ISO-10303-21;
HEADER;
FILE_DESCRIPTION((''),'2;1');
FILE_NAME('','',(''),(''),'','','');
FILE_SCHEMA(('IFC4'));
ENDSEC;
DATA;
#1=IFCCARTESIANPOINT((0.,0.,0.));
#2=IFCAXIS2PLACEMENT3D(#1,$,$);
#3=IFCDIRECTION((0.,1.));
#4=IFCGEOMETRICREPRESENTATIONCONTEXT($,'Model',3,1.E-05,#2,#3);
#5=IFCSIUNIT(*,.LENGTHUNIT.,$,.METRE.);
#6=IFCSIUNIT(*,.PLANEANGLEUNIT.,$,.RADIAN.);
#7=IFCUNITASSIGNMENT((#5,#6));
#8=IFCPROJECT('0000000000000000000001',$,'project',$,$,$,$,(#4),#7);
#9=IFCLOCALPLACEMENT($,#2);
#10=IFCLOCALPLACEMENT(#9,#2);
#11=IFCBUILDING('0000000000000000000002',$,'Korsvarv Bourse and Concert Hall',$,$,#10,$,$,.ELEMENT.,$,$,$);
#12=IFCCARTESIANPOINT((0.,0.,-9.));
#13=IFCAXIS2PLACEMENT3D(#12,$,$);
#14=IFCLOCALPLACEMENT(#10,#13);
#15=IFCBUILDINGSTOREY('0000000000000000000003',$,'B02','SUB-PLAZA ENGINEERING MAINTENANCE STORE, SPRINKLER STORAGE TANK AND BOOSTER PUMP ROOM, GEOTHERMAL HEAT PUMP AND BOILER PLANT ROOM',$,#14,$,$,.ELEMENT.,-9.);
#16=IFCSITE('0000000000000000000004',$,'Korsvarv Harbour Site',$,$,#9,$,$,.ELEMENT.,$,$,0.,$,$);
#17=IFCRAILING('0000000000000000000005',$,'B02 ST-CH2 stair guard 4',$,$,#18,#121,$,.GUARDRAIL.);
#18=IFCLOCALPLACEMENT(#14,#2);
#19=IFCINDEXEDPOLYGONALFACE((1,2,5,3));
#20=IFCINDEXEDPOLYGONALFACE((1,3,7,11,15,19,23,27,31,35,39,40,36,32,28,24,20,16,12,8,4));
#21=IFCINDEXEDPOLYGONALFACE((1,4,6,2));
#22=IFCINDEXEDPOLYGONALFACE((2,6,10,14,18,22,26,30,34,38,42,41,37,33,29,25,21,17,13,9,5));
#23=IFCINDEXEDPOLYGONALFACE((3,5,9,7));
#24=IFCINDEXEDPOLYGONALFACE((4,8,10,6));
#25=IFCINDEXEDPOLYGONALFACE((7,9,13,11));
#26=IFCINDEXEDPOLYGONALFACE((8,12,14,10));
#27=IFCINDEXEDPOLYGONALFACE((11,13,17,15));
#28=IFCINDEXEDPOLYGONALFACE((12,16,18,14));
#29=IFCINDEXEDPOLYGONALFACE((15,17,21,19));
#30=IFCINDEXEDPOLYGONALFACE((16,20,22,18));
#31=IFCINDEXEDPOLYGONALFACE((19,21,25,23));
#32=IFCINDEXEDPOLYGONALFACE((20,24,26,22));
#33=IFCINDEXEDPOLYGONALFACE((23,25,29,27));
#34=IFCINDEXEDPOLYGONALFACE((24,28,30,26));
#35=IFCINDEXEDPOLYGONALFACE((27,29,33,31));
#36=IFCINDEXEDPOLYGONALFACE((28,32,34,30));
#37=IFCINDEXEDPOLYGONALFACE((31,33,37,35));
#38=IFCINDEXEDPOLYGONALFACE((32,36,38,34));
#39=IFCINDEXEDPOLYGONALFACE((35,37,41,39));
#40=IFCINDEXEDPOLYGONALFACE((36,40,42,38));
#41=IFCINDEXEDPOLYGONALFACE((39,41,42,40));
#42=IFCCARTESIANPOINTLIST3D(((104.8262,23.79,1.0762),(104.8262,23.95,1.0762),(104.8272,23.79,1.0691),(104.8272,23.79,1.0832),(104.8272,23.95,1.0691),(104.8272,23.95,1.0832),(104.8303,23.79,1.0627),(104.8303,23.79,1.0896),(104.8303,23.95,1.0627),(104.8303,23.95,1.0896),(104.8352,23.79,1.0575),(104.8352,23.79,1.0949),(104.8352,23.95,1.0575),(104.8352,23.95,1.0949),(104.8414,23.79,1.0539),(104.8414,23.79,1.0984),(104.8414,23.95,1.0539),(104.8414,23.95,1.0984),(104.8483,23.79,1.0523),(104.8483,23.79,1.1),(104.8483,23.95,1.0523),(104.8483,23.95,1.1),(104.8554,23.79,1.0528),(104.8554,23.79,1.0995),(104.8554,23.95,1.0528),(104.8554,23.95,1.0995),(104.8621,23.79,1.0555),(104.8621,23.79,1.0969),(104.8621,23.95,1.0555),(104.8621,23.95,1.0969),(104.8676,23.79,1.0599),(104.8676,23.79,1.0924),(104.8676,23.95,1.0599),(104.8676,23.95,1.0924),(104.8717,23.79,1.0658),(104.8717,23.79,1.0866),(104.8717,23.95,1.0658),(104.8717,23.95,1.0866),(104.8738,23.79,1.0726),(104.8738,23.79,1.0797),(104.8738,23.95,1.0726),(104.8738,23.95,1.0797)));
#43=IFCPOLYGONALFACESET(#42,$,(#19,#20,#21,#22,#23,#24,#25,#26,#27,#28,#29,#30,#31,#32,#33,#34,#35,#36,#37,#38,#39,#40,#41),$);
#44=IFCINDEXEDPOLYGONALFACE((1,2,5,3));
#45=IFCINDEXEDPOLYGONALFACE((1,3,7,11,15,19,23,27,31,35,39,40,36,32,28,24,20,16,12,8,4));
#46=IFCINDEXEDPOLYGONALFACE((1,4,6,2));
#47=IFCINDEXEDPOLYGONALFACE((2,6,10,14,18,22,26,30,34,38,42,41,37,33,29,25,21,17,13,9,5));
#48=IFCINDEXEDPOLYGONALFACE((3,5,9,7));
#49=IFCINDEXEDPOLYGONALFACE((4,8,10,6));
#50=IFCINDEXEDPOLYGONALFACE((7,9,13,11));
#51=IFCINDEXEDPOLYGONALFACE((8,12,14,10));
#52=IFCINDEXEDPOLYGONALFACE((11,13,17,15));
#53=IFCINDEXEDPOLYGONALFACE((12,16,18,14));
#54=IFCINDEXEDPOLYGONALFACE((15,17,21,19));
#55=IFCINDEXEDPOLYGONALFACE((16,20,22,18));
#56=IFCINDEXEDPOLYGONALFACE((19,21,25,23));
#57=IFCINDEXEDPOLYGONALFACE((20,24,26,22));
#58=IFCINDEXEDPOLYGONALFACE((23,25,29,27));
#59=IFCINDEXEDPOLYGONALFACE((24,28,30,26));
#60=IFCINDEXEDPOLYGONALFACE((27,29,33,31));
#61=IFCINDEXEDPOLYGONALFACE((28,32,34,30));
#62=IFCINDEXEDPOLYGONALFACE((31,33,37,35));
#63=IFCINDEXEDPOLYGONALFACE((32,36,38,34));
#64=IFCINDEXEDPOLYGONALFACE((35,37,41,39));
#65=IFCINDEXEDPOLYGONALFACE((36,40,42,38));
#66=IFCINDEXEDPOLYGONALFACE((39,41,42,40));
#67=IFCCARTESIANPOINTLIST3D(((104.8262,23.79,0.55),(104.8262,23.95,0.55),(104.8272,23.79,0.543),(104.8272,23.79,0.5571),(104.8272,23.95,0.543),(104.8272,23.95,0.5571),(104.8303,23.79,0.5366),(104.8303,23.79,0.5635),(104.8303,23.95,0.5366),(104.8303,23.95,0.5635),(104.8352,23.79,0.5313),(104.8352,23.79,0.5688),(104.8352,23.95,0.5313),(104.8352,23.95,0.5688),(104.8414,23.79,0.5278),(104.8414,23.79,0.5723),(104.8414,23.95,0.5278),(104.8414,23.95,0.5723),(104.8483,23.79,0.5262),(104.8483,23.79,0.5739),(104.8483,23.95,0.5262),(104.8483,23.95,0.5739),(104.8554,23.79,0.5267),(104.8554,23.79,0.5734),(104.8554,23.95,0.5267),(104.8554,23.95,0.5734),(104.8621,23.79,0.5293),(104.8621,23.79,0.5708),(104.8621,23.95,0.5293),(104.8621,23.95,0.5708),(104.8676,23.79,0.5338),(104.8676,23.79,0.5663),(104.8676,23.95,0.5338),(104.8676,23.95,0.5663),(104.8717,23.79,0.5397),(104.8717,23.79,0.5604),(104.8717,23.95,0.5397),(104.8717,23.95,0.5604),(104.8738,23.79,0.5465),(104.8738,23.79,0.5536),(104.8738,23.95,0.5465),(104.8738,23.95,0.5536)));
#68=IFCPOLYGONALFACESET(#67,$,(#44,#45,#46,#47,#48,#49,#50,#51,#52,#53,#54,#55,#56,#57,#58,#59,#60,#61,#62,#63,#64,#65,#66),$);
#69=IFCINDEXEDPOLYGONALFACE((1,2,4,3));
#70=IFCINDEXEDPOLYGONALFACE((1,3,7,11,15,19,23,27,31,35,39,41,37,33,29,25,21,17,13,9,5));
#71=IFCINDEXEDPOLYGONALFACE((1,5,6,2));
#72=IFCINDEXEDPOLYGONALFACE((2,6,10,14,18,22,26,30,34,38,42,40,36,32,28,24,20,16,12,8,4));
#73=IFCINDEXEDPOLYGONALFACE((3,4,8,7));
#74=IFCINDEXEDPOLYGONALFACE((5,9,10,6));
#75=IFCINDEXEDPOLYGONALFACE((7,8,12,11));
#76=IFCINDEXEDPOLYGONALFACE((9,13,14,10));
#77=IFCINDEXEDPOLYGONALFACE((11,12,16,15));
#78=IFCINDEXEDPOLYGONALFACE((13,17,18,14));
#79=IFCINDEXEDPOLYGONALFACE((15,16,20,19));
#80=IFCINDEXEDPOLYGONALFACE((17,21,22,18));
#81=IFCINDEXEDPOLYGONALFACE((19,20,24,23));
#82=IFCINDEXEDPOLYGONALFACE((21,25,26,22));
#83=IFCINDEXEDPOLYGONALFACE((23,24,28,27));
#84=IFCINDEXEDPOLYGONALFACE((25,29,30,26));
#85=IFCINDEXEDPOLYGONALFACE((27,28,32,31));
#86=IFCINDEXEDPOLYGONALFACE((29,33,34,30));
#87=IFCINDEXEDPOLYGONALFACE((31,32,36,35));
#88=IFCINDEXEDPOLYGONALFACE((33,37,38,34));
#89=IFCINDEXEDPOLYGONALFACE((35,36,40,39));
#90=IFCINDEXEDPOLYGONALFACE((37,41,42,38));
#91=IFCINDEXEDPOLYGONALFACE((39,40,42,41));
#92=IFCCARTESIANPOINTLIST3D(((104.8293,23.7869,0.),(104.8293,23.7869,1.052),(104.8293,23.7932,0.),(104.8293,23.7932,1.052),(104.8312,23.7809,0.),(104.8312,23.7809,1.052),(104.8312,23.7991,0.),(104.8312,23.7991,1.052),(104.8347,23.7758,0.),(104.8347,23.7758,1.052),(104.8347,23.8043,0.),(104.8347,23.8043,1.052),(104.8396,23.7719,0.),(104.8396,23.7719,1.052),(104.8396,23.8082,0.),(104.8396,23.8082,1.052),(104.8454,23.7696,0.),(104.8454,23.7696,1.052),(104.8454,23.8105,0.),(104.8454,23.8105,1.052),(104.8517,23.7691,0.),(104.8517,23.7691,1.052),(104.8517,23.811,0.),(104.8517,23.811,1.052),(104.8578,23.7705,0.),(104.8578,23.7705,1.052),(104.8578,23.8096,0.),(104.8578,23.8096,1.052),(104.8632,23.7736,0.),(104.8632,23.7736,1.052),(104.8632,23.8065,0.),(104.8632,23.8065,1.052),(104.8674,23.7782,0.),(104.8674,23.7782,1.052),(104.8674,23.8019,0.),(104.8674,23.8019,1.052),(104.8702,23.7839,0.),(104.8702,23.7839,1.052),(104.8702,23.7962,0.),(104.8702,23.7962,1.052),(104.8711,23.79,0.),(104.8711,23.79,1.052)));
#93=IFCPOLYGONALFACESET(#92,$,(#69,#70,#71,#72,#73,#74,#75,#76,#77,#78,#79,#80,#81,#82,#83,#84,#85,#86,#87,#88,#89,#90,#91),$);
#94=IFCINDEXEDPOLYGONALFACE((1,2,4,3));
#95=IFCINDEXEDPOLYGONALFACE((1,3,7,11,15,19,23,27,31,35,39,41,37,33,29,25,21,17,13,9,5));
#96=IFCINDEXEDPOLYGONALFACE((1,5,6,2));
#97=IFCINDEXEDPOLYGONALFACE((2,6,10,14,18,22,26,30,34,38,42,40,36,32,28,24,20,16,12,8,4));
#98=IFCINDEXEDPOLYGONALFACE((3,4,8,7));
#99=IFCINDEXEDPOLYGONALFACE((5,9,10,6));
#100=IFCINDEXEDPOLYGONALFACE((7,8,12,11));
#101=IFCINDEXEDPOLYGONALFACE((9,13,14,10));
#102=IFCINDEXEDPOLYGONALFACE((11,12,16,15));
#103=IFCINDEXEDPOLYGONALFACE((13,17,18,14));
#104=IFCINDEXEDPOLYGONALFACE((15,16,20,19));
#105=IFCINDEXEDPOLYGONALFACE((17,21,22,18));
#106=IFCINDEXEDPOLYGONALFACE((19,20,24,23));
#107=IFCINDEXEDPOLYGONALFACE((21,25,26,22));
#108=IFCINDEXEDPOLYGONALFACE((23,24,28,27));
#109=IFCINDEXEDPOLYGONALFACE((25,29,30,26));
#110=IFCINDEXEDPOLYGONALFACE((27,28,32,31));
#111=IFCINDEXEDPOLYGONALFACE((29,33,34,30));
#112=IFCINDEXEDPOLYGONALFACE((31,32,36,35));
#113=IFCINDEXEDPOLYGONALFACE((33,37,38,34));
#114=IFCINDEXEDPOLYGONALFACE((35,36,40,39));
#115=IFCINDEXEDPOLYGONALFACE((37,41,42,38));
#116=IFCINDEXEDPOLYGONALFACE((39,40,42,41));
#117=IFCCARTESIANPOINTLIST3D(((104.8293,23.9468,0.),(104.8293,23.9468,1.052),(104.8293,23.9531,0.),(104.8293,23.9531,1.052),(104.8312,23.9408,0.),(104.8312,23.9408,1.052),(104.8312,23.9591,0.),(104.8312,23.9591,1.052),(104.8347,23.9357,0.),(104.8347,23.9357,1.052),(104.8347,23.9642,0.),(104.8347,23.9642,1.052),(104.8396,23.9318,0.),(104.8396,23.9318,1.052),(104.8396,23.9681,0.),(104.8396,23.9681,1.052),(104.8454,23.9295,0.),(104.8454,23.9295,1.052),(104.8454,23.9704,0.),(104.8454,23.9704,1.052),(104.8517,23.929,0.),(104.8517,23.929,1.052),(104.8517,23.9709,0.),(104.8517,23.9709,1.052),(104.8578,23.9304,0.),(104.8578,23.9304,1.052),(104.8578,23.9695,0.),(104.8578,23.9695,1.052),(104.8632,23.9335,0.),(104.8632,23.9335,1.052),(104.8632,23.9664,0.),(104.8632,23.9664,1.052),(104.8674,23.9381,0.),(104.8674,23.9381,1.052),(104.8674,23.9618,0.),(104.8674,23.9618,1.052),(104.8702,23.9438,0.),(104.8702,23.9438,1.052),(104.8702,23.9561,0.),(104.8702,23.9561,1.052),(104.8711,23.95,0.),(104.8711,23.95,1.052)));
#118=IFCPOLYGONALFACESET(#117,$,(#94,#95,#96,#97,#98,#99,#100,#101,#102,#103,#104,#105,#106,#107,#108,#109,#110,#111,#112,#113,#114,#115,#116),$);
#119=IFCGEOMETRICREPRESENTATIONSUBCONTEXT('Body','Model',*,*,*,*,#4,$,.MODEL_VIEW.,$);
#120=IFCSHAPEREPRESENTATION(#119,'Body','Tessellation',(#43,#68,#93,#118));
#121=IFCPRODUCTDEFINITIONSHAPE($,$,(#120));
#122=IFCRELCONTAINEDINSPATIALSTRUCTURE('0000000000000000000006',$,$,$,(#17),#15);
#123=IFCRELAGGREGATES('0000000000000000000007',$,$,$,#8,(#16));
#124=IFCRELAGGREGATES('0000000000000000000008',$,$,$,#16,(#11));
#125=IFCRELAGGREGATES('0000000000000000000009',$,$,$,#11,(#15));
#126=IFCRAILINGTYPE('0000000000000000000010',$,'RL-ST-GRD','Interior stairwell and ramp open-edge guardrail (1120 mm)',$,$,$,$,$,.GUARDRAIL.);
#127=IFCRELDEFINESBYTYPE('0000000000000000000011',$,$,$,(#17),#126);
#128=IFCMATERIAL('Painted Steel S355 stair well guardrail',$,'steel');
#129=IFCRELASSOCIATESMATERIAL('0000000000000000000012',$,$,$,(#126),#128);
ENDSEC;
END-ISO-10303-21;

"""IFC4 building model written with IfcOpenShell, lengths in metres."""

from ifc_helpers import new_model, si_unit, direction, frame, origin, origin_2d, place, context, subcontext, project, spatial, circle, extrude, material, type_object, element, save


model = new_model("IFC4")

# Units and contexts
model_context = context("Model", 3, precision=1e-05, world=origin(), true_north=direction((0.0, 1.0)))
body_context = subcontext(model_context, "Body", "Model", "MODEL_VIEW")
ifc_project = project(units=[si_unit("LENGTHUNIT", "METRE"), si_unit("PLANEANGLEUNIT", "RADIAN")], contexts=[model_context])

# Site, building, storey
site_placement = place(None, origin())
site = spatial("IfcSite", under=ifc_project, at=site_placement, Name="Korsvarv Harbour Site", CompositionType="ELEMENT", RefElevation=0.0)
building_placement = place(site_placement, origin())
building = spatial("IfcBuilding", under=site, at=building_placement, Name="Korsvarv Bourse and Concert Hall", CompositionType="ELEMENT")
storey_placement = place(building_placement, frame((0.0, 0.0, -9.0)))
storey = spatial("IfcBuildingStorey", under=building, at=storey_placement, Name="B02", Description="SUB-PLAZA ENGINEERING MAINTENANCE STORE, SPRINKLER STORAGE TANK AND BOOSTER PUMP ROOM, GEOTHERMAL HEAT PUMP AND BOILER PLANT ROOM", CompositionType="ELEMENT", Elevation=-9.0)

# Railing
ifc_material_1 = material(Name="Painted Steel S355 stair well guardrail", Category="steel")
railing_type_1 = type_object("IfcRailingType", Name="RL-ST-GRD", Description="Interior stairwell and ramp open-edge guardrail (1120 mm)", PredefinedType="GUARDRAIL", material=ifc_material_1)
railing_1_placement = place(storey_placement, frame((104.8501, 23.79, 0.0)))
element("IfcRailing", 1, at=railing_1_placement, inside=storey, type_object=railing_type_1, Name="B02 ST-CH2 stair guard 4", PredefinedType="GUARDRAIL", context=body_context, shape_type="SweptSolid", body=[
    extrude(circle(Radius=0.0239, at=origin_2d()), frame((0.0, 0.0, 1.0762), z_axis=(0.0, 1.0, 0.0), x_axis=(-1.0, 0.0, 0.0)), (0.0, 0.0, 1.0), 0.1599),
    extrude(circle(Radius=0.0239, at=origin_2d()), frame((0.0, 0.0, 0.55), z_axis=(0.0, 1.0, 0.0), x_axis=(-1.0, 0.0, 0.0)), (0.0, 0.0, 1.0), 0.1599),
    extrude(circle(Radius=0.021, at=origin_2d()), origin(), (0.0, 0.0, 1.0), 1.052),
    extrude(circle(Radius=0.021, at=origin_2d()), frame((0.0, 0.1599, 0.0)), (0.0, 0.0, 1.0), 1.052),
])

save(model, "model.ifc")
